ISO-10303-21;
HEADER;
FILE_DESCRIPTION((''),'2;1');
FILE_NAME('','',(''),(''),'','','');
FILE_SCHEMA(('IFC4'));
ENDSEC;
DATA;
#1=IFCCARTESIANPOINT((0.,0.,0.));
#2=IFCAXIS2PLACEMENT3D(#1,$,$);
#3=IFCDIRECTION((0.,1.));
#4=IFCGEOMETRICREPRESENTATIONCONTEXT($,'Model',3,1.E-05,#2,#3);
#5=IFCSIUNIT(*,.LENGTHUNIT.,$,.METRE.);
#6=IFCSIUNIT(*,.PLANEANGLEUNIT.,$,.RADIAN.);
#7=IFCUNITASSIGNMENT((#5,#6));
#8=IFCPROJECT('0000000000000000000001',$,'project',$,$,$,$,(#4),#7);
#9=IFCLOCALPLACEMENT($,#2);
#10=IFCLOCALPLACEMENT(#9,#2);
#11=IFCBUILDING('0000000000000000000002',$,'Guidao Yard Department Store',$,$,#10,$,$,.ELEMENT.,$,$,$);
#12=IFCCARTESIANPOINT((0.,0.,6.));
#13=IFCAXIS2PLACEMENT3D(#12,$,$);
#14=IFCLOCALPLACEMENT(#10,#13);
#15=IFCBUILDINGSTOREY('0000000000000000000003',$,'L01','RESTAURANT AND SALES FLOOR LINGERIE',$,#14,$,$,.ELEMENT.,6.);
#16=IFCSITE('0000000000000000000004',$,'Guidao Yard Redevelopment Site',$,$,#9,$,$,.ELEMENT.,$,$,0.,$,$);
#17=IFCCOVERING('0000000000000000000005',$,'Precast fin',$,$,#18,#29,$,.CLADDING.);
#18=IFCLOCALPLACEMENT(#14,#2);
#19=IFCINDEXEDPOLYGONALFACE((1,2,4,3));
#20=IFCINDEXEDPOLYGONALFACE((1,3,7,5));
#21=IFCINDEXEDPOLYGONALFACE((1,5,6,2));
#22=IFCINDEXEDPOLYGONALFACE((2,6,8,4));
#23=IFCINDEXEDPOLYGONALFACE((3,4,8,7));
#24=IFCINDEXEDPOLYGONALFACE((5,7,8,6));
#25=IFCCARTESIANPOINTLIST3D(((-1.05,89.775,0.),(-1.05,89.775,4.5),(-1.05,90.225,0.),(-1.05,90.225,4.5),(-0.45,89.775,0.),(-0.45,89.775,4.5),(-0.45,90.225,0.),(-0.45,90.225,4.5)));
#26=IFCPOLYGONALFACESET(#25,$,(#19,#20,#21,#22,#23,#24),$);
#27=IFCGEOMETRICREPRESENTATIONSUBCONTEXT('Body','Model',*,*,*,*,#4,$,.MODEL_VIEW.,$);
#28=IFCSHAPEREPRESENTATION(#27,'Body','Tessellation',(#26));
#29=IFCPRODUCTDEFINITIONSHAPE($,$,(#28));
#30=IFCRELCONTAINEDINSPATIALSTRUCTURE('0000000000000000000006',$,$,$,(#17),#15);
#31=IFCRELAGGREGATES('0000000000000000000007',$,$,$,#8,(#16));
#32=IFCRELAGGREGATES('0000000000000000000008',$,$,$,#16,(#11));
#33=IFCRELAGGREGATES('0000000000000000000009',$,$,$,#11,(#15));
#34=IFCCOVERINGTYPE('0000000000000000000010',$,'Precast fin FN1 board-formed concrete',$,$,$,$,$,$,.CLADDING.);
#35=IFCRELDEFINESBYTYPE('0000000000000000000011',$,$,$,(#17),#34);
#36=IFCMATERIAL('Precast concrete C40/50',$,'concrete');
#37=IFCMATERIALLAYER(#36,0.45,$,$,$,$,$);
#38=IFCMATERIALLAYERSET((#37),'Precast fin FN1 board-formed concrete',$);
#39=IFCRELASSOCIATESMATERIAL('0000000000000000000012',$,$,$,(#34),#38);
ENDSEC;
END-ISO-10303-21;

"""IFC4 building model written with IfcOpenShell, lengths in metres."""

from ifc_helpers import new_model, si_unit, direction, frame, origin, origin_2d, place, context, subcontext, project, spatial, rectangle, extrude, material, layer, layer_set, type_object, element, save


model = new_model("IFC4")

# Units and contexts
model_context = context("Model", 3, precision=1e-05, world=origin(), true_north=direction((0.0, 1.0)))
body_context = subcontext(model_context, "Body", "Model", "MODEL_VIEW")
ifc_project = project(units=[si_unit("LENGTHUNIT", "METRE"), si_unit("PLANEANGLEUNIT", "RADIAN")], contexts=[model_context])

# Site, building, storey
site_placement = place(None, origin())
site = spatial("IfcSite", under=ifc_project, at=site_placement, Name="Guidao Yard Redevelopment Site", CompositionType="ELEMENT", RefElevation=0.0)
building_placement = place(site_placement, origin())
building = spatial("IfcBuilding", under=site, at=building_placement, Name="Guidao Yard Department Store", CompositionType="ELEMENT")
storey_placement = place(building_placement, frame((0.0, 0.0, 6.0)))
storey = spatial("IfcBuildingStorey", under=building, at=storey_placement, Name="L01", Description="RESTAURANT AND SALES FLOOR LINGERIE", CompositionType="ELEMENT", Elevation=6.0)

# Covering
ifc_material_1 = material(Name="Precast concrete C40/50", Category="concrete")
ifc_layer_1 = layer(ifc_material_1, 0.45)
ifc_layer_set_1 = layer_set([ifc_layer_1], Name="Precast fin FN1 board-formed concrete")
covering_type = type_object("IfcCoveringType", Name="Precast fin FN1 board-formed concrete", PredefinedType="CLADDING", material=ifc_layer_set_1)
for number, where, z_axis, x_axis, name in (
    (1, (-0.75, 90.0, 0.0), (0.0, 0.0, 1.0), (0.0, 1.0, 0.0), "Precast fin"),
):
    element("IfcCovering", number, at=place(storey_placement, frame(where, z_axis=z_axis, x_axis=x_axis)), inside=storey, type_object=covering_type, Name=name, PredefinedType="CLADDING", context=body_context, shape_type="SweptSolid", body=[
        extrude(rectangle(XDim=0.45, YDim=0.6001, at=origin_2d()), origin(), (0.0, 0.0, 1.0), 4.5),
    ])

save(model, "model.ifc")
